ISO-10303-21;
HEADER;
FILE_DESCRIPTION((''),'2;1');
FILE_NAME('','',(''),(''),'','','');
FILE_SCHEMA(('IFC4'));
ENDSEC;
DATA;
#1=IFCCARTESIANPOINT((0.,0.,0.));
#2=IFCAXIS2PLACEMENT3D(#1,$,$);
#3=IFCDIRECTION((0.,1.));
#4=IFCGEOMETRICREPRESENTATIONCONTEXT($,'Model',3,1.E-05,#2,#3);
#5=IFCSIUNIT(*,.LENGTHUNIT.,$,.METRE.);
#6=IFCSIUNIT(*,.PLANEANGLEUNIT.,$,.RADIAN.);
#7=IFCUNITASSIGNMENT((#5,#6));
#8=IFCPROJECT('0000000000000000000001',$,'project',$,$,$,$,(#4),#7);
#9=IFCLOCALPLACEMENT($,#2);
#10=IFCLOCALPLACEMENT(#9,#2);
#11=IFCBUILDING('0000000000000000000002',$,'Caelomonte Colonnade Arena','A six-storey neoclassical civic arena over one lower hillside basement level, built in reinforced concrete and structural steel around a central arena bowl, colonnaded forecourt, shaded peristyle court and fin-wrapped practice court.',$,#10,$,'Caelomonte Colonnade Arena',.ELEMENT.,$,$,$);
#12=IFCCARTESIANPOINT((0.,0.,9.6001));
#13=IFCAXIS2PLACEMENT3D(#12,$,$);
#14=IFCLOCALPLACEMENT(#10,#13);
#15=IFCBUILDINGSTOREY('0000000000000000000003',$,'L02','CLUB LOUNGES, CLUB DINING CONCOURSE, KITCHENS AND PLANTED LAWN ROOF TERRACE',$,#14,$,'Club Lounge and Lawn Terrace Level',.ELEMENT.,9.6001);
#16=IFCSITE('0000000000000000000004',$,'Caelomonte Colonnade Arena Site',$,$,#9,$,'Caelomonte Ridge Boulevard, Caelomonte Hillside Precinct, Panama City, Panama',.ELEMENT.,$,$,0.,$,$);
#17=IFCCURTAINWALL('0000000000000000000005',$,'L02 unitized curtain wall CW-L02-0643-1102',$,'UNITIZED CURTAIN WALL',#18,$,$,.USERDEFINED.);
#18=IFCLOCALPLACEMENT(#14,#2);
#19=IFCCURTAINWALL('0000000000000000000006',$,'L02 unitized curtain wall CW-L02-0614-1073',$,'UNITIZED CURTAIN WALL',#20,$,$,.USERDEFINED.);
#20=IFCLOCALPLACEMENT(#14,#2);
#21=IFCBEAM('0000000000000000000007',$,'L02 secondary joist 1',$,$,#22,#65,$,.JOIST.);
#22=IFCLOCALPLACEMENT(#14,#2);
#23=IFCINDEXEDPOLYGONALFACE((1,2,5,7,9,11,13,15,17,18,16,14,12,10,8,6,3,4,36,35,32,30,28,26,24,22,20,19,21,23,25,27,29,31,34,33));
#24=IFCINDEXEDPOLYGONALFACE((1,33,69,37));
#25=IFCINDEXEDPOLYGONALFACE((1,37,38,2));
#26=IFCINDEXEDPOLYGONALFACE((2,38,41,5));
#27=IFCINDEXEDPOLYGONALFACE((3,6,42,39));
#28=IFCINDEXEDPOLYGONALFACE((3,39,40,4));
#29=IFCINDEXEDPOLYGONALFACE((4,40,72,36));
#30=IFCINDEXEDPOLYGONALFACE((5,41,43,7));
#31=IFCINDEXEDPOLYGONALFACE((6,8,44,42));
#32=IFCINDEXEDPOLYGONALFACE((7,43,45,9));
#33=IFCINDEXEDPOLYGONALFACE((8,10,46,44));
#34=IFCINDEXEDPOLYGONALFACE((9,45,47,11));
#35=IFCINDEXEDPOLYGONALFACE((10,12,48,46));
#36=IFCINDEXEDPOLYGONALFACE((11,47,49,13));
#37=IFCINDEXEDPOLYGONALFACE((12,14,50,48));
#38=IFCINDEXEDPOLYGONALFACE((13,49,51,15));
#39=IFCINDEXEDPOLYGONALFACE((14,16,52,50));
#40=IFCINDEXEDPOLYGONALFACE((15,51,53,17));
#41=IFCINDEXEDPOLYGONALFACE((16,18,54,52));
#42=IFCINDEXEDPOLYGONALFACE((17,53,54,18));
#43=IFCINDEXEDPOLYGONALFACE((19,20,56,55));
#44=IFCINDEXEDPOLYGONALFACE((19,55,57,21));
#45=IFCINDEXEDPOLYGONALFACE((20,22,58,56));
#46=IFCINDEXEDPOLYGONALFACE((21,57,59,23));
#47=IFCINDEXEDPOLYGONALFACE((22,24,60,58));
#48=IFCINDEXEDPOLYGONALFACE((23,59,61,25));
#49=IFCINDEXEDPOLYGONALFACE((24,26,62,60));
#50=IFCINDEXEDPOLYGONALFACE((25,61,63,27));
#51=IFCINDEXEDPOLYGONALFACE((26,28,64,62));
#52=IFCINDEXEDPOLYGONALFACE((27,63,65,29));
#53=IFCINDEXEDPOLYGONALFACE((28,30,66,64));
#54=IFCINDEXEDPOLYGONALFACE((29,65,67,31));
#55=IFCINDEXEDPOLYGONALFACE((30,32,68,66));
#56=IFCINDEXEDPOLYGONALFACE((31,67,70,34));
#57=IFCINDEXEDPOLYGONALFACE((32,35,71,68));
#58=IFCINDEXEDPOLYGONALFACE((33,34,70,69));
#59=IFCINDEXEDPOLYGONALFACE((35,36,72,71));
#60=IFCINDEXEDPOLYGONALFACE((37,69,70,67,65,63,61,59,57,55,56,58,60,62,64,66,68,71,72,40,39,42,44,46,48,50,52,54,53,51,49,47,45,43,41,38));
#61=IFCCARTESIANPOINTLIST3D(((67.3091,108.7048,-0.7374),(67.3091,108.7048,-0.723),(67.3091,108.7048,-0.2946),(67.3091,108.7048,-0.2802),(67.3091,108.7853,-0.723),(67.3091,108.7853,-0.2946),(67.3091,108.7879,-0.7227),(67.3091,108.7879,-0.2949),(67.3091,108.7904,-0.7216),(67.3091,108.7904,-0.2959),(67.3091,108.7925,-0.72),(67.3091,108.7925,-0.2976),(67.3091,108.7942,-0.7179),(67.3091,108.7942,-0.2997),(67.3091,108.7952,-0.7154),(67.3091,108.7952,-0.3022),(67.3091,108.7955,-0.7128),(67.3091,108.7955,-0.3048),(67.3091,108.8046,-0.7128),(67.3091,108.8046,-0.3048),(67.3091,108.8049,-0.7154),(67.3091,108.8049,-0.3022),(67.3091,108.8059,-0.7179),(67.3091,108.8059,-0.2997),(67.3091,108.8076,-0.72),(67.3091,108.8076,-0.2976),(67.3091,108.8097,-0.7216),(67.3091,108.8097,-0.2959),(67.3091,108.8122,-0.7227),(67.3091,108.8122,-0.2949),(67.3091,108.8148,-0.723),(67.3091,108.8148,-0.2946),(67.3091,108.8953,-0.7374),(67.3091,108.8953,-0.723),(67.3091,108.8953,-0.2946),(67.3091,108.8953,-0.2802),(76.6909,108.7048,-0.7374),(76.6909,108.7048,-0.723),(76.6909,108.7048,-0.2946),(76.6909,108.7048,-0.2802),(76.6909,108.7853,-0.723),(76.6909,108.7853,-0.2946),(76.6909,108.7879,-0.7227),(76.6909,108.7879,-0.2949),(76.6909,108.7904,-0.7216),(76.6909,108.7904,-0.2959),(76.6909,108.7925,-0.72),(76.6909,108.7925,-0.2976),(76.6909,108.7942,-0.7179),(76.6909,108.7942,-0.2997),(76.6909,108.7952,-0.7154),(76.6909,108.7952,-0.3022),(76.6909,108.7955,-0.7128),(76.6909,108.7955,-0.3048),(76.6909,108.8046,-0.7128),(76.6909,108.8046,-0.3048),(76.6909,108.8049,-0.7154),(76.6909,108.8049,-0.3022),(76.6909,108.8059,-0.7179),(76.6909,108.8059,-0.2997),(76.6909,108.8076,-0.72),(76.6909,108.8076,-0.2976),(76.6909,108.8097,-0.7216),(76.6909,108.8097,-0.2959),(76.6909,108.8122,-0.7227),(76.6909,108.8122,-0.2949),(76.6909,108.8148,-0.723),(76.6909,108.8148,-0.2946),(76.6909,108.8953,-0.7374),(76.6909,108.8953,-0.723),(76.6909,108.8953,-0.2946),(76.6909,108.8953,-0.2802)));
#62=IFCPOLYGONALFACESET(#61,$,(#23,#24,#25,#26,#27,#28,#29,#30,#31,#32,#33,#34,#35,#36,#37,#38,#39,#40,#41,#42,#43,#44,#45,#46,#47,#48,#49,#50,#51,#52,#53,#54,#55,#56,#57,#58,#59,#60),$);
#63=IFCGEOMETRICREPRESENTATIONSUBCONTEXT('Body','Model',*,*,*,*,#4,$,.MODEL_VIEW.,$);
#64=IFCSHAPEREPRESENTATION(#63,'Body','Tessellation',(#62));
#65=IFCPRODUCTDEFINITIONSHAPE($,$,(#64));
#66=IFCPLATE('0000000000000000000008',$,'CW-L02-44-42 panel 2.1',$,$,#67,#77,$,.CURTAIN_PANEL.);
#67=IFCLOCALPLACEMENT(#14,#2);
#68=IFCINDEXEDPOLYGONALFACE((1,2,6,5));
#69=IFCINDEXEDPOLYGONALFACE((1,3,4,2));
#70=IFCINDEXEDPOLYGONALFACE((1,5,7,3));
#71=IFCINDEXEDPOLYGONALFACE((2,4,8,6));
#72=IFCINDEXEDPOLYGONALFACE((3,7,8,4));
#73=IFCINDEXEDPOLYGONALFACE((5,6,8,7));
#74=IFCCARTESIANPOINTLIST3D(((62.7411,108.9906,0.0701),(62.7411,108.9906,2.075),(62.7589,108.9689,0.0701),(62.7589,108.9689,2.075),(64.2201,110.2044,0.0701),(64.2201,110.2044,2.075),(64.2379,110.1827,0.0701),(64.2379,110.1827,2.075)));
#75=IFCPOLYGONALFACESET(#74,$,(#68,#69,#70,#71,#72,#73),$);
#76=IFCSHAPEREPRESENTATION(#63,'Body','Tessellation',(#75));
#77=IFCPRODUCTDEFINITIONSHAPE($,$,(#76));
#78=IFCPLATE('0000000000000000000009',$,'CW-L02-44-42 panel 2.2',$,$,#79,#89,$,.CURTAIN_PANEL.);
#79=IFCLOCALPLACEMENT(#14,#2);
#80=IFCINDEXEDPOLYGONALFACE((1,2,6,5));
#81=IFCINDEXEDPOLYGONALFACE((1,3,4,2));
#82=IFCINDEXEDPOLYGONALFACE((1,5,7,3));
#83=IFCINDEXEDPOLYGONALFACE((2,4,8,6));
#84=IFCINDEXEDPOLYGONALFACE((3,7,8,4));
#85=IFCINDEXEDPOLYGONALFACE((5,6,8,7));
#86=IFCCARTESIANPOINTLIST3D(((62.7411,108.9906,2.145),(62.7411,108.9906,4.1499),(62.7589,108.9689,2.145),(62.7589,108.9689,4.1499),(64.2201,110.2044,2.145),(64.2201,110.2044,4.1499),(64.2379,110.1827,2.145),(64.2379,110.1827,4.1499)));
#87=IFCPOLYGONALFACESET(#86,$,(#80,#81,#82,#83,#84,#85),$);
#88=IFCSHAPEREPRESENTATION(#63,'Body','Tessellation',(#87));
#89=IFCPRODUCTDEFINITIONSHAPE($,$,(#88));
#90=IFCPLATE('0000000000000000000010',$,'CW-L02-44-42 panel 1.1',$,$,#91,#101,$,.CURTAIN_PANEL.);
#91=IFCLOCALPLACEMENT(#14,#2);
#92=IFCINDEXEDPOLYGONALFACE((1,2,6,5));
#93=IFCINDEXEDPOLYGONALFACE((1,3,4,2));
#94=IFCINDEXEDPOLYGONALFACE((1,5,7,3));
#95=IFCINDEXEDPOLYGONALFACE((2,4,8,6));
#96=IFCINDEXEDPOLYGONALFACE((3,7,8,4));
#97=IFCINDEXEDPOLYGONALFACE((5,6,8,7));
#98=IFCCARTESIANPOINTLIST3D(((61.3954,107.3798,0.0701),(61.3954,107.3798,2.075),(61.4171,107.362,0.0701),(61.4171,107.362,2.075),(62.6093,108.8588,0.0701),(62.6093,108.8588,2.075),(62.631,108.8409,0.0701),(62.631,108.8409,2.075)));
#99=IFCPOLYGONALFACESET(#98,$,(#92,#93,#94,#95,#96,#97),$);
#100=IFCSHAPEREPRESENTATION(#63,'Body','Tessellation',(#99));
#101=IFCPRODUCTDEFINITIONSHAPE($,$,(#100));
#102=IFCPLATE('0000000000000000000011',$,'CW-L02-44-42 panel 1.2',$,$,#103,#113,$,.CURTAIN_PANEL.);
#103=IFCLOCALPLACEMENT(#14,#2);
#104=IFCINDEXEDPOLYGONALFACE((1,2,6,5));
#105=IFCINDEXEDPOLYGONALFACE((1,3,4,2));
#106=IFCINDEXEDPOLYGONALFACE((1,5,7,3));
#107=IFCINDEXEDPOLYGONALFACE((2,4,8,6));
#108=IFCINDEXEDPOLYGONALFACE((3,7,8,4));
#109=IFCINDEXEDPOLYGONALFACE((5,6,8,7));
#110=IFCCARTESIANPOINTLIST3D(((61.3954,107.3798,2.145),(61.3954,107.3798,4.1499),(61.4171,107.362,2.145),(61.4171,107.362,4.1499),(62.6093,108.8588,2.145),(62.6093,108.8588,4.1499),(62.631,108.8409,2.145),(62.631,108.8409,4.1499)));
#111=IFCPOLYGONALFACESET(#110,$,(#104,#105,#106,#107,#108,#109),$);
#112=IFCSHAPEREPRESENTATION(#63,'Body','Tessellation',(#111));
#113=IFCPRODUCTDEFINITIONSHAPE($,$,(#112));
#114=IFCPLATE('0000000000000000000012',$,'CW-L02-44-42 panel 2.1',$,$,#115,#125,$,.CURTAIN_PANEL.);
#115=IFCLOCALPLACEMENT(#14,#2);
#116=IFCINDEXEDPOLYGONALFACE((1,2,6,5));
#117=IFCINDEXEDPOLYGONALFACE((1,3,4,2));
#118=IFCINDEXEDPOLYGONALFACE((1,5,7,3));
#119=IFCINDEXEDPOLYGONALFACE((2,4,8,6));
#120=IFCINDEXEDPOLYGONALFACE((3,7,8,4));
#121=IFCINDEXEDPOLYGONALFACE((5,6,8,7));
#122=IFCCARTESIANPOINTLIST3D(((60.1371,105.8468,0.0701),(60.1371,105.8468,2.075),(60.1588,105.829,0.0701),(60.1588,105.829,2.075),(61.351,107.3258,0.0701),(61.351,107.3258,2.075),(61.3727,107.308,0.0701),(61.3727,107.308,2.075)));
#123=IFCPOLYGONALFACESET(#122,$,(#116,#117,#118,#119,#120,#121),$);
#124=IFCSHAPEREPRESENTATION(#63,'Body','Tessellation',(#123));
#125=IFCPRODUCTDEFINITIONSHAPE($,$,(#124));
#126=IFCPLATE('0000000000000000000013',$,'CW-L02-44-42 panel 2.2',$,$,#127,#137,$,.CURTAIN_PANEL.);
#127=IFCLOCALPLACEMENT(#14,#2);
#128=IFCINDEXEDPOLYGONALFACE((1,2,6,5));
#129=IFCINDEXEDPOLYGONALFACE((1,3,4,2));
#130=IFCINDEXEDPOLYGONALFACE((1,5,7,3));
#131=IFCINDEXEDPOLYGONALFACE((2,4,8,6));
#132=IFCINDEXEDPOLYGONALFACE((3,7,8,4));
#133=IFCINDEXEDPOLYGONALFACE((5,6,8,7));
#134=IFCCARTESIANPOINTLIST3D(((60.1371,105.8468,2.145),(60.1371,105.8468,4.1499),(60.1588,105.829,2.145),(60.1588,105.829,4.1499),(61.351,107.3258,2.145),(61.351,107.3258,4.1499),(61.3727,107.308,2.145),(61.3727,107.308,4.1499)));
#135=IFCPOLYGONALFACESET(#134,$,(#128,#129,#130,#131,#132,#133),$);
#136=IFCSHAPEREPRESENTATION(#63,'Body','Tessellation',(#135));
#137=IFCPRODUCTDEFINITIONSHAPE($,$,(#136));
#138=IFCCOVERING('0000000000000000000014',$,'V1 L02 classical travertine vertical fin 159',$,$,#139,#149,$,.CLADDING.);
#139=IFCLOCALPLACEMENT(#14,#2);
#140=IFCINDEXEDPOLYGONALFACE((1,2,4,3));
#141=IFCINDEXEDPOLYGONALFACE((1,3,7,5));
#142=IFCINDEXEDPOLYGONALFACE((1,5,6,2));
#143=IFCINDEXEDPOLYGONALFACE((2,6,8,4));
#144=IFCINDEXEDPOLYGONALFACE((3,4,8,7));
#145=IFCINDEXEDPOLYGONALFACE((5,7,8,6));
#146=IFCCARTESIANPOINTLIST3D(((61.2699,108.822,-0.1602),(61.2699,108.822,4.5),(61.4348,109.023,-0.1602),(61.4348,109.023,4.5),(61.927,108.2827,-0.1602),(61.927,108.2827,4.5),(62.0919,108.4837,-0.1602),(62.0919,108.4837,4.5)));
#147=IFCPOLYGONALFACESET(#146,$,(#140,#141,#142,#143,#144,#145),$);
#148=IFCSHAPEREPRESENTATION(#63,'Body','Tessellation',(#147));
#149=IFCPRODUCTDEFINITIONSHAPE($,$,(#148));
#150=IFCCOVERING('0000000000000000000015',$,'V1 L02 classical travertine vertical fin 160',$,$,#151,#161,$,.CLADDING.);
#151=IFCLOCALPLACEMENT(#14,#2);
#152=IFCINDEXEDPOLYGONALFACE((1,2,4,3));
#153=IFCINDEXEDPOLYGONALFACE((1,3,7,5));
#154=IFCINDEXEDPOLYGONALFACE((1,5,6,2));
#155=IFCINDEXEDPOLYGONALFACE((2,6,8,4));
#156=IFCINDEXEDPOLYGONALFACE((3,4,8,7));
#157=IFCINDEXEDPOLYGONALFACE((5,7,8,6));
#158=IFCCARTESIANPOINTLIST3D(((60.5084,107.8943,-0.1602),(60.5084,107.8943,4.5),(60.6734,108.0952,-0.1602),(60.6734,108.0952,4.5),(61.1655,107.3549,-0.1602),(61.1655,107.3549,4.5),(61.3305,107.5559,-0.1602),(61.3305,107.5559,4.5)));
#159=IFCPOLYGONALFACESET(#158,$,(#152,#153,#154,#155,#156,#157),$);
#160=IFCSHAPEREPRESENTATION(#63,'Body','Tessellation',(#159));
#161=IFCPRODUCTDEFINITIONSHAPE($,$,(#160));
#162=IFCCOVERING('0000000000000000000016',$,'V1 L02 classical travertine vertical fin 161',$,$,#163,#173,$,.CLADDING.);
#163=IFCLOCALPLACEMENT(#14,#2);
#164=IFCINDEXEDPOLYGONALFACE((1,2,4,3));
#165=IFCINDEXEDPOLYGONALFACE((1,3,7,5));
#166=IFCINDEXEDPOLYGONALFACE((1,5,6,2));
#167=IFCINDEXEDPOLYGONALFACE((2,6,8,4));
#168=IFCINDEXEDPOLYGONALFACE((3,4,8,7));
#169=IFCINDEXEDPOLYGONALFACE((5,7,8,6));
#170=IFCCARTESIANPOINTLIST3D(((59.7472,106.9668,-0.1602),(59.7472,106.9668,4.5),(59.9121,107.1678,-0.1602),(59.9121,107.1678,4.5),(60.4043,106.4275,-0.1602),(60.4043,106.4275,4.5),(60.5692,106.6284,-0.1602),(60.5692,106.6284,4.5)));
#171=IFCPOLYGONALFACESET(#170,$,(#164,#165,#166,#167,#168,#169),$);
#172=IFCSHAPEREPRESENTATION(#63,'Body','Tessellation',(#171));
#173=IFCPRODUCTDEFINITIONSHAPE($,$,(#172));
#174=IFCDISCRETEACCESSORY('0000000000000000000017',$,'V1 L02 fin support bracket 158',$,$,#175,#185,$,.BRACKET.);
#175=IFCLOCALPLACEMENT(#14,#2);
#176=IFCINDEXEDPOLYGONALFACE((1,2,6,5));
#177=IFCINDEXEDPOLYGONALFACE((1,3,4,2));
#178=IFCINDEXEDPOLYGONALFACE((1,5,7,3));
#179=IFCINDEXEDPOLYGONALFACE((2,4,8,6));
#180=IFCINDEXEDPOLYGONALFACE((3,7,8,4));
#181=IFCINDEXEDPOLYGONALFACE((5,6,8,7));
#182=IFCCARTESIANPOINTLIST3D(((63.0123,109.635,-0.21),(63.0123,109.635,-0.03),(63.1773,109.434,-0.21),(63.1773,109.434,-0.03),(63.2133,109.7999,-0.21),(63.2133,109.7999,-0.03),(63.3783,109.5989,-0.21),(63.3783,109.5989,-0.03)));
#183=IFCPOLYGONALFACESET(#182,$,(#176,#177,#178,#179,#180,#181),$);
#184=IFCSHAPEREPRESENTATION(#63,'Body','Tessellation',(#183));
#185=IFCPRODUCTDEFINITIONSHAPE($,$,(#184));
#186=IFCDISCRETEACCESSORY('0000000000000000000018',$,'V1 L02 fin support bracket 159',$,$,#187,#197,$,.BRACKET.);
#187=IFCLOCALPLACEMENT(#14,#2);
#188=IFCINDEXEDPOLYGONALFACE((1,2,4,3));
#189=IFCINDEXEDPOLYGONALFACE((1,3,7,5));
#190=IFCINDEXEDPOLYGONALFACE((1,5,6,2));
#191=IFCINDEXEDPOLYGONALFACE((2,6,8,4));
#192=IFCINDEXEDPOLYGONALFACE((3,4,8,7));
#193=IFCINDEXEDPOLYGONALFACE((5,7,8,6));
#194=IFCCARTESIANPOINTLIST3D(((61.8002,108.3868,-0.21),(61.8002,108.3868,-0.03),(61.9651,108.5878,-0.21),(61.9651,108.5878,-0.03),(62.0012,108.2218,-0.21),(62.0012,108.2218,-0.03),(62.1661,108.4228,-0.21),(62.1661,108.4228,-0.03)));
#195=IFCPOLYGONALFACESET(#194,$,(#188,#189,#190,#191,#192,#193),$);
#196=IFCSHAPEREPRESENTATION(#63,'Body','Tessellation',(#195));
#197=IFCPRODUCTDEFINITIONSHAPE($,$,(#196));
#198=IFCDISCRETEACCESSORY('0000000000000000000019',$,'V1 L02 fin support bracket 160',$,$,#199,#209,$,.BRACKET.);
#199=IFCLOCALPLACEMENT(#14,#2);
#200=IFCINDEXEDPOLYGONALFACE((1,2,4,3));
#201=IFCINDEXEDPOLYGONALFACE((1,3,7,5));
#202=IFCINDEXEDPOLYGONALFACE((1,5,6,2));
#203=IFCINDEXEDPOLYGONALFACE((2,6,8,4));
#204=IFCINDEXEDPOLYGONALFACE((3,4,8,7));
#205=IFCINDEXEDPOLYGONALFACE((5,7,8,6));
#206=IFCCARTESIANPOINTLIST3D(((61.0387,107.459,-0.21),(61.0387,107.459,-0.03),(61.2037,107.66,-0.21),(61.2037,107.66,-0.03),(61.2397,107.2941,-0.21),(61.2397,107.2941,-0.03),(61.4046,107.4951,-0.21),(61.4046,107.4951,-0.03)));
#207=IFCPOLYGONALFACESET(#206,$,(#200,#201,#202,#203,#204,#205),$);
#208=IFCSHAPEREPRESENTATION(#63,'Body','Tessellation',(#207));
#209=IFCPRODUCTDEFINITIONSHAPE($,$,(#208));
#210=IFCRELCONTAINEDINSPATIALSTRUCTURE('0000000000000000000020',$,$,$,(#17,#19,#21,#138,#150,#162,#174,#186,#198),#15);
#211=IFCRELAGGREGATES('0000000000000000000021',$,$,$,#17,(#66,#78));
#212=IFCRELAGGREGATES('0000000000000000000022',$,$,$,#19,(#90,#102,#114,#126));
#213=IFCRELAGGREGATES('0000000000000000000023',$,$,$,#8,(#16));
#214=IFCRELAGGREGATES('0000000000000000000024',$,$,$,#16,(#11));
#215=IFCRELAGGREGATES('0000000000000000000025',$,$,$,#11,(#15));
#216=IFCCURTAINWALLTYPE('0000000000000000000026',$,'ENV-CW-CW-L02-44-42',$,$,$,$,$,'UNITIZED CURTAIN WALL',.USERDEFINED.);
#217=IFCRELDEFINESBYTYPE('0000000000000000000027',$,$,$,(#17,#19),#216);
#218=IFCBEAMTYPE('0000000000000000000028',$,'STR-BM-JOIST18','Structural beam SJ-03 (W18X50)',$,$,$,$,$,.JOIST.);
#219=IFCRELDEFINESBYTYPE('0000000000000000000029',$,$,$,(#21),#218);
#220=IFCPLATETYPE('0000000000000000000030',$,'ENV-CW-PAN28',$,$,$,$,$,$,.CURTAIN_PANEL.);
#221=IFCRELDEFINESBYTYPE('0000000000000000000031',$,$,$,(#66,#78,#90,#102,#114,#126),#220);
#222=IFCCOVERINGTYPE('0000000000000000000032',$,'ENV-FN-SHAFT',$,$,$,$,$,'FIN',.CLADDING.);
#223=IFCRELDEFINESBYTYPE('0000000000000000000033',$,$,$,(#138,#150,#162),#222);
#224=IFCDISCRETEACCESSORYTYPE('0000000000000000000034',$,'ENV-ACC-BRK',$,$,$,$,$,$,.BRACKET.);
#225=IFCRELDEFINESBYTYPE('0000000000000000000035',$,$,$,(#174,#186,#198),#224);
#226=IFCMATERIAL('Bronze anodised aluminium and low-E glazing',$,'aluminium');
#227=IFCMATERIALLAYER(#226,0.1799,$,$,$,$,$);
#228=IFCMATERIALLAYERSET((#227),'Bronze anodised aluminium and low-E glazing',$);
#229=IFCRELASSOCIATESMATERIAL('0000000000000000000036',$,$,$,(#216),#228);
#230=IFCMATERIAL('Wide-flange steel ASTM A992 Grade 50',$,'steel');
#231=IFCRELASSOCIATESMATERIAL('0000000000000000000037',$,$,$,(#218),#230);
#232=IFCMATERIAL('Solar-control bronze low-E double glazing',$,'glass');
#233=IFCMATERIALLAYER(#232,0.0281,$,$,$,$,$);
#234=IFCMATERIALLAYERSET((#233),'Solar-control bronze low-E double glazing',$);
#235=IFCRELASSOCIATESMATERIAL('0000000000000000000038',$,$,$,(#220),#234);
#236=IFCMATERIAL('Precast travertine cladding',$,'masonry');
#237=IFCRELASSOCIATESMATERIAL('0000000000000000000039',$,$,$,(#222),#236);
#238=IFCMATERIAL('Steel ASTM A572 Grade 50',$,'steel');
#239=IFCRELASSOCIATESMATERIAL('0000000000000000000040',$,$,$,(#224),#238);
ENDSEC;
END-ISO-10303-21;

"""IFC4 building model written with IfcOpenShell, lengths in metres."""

from ifc_helpers import new_model, si_unit, direction, frame, origin, origin_2d, place, context, subcontext, project, spatial, rectangle, i_section, extrude, material, layer, layer_set, material_profile, profile_set, type_object, element, aggregate, save


model = new_model("IFC4")

# Units and contexts
model_context = context("Model", 3, precision=1e-05, world=origin(), true_north=direction((0.0, 1.0)))
body_context = subcontext(model_context, "Body", "Model", "MODEL_VIEW")
ifc_project = project(units=[si_unit("LENGTHUNIT", "METRE"), si_unit("PLANEANGLEUNIT", "RADIAN")], contexts=[model_context])

# Site, building, storey
site_placement = place(None, origin())
site = spatial("IfcSite", under=ifc_project, at=site_placement, Name="Caelomonte Colonnade Arena Site", LongName="Caelomonte Ridge Boulevard, Caelomonte Hillside Precinct, Panama City, Panama", CompositionType="ELEMENT", RefElevation=0.0)
building_placement = place(site_placement, origin())
building = spatial("IfcBuilding", under=site, at=building_placement, Name="Caelomonte Colonnade Arena", Description="A six-storey neoclassical civic arena over one lower hillside basement level, built in reinforced concrete and structural steel around a central arena bowl, colonnaded forecourt, shaded peristyle court and fin-wrapped practice court.", LongName="Caelomonte Colonnade Arena", CompositionType="ELEMENT")
storey_placement = place(building_placement, frame((0.0, 0.0, 9.6001)))
storey = spatial("IfcBuildingStorey", under=building, at=storey_placement, Name="L02", Description="CLUB LOUNGES, CLUB DINING CONCOURSE, KITCHENS AND PLANTED LAWN ROOF TERRACE", LongName="Club Lounge and Lawn Terrace Level", CompositionType="ELEMENT", Elevation=9.6001)

# Curtain wall
ifc_material_1 = material(Name="Bronze anodised aluminium and low-E glazing", Category="aluminium")
ifc_layer_1 = layer(ifc_material_1, 0.1799)
ifc_layer_set_1 = layer_set([ifc_layer_1], Name="Bronze anodised aluminium and low-E glazing")
curtain_wall_type = type_object("IfcCurtainWallType", Name="ENV-CW-CW-L02-44-42", ElementType="UNITIZED CURTAIN WALL", PredefinedType="USERDEFINED", material=ifc_layer_set_1)
curtain_wall_1_placement = place(storey_placement, origin())
curtain_wall_1 = element("IfcCurtainWall", 1, at=curtain_wall_1_placement, inside=storey, type_object=curtain_wall_type, Name="L02 unitized curtain wall CW-L02-0643-1102", ObjectType="UNITIZED CURTAIN WALL", PredefinedType="USERDEFINED")

# Curtain wall
curtain_wall_2_placement = place(storey_placement, origin())
curtain_wall_2 = element("IfcCurtainWall", 2, at=curtain_wall_2_placement, inside=storey, type_object=curtain_wall_type, Name="L02 unitized curtain wall CW-L02-0614-1073", ObjectType="UNITIZED CURTAIN WALL", PredefinedType="USERDEFINED")

# Beam
ifc_material_2 = material(Name="Wide-flange steel ASTM A992 Grade 50", Category="steel")
ifc_material_profile_1 = material_profile(ifc_material_2, i_section(OverallWidth=0.1904, OverallDepth=0.4573, WebThickness=0.009, FlangeThickness=0.0144, FilletRadius=0.0103, at=origin_2d()), Name="W18X50")
ifc_profile_set_1 = profile_set([ifc_material_profile_1], Name="Wide-flange steel ASTM A992 Grade 50")
beam_type_1 = type_object("IfcBeamType", Name="STR-BM-JOIST18", Description="Structural beam SJ-03 (W18X50)", PredefinedType="JOIST", material=ifc_profile_set_1)
beam_1_placement = place(storey_placement, frame((67.3091, 108.8, -0.5088), z_axis=(1.0, 0.0, 0.0), x_axis=(0.0, 1.0, 0.0)))
element("IfcBeam", 3, at=beam_1_placement, inside=storey, type_object=beam_type_1, Name="L02 secondary joist 1", PredefinedType="JOIST", context=body_context, shape_type="SweptSolid", body=[
    extrude(i_section(OverallWidth=0.1904, OverallDepth=0.4573, WebThickness=0.009, FlangeThickness=0.0144, FilletRadius=0.0103, at=origin_2d()), origin(), (0.0, 0.0, 1.0), 9.3818),
])

# Plates
ifc_material_3 = material(Name="Solar-control bronze low-E double glazing", Category="glass")
ifc_layer_2 = layer(ifc_material_3, 0.0281)
ifc_layer_set_2 = layer_set([ifc_layer_2], Name="Solar-control bronze low-E double glazing")
plate_type = type_object("IfcPlateType", Name="ENV-CW-PAN28", PredefinedType="CURTAIN_PANEL", material=ifc_layer_set_2)
plate_1_placement = place(storey_placement, frame((63.4895, 109.5867, 0.0701), z_axis=(0.0, 0.0, 1.0), x_axis=(-0.772992, -0.634416, 0.0)))
plate_1 = element("IfcPlate", 4, at=plate_1_placement, type_object=plate_type, Name="CW-L02-44-42 panel 2.1", PredefinedType="CURTAIN_PANEL", context=body_context, shape_type="SweptSolid", body=[
    extrude(rectangle(XDim=1.9133, YDim=0.0281, at=origin_2d()), origin(), (0.0, 0.0, 1.0), 2.0049),
])
plate_2_placement = place(storey_placement, frame((63.4895, 109.5867, 2.145), z_axis=(0.0, 0.0, 1.0), x_axis=(-0.772992, -0.634416, 0.0)))
plate_2 = element("IfcPlate", 5, at=plate_2_placement, type_object=plate_type, Name="CW-L02-44-42 panel 2.2", PredefinedType="CURTAIN_PANEL", context=body_context, shape_type="SweptSolid", body=[
    extrude(rectangle(XDim=1.9133, YDim=0.0281, at=origin_2d()), origin(), (0.0, 0.0, 1.0), 2.0049),
])
aggregate(curtain_wall_1, [plate_1, plate_2])
plate_3_placement = place(storey_placement, frame((62.0132, 108.1104, 0.0701), z_axis=(0.0, 0.0, 1.0), x_axis=(-0.634416, -0.772992, 0.0)))
plate_3 = element("IfcPlate", 6, at=plate_3_placement, type_object=plate_type, Name="CW-L02-44-42 panel 1.1", PredefinedType="CURTAIN_PANEL", context=body_context, shape_type="SweptSolid", body=[
    extrude(rectangle(XDim=1.9133, YDim=0.0281, at=origin_2d()), origin(), (0.0, 0.0, 1.0), 2.0049),
])
plate_4_placement = place(storey_placement, frame((62.0132, 108.1104, 2.145), z_axis=(0.0, 0.0, 1.0), x_axis=(-0.634416, -0.772992, 0.0)))
plate_4 = element("IfcPlate", 7, at=plate_4_placement, type_object=plate_type, Name="CW-L02-44-42 panel 1.2", PredefinedType="CURTAIN_PANEL", context=body_context, shape_type="SweptSolid", body=[
    extrude(rectangle(XDim=1.9133, YDim=0.0281, at=origin_2d()), origin(), (0.0, 0.0, 1.0), 2.0049),
])
plate_5_placement = place(storey_placement, frame((60.7549, 106.5774, 0.0701), z_axis=(0.0, 0.0, 1.0), x_axis=(-0.634416, -0.772992, 0.0)))
plate_5 = element("IfcPlate", 8, at=plate_5_placement, type_object=plate_type, Name="CW-L02-44-42 panel 2.1", PredefinedType="CURTAIN_PANEL", context=body_context, shape_type="SweptSolid", body=[
    extrude(rectangle(XDim=1.9133, YDim=0.0281, at=origin_2d()), origin(), (0.0, 0.0, 1.0), 2.0049),
])
plate_6_placement = place(storey_placement, frame((60.7549, 106.5774, 2.145), z_axis=(0.0, 0.0, 1.0), x_axis=(-0.634416, -0.772992, 0.0)))
plate_6 = element("IfcPlate", 9, at=plate_6_placement, type_object=plate_type, Name="CW-L02-44-42 panel 2.2", PredefinedType="CURTAIN_PANEL", context=body_context, shape_type="SweptSolid", body=[
    extrude(rectangle(XDim=1.9133, YDim=0.0281, at=origin_2d()), origin(), (0.0, 0.0, 1.0), 2.0049),
])
aggregate(curtain_wall_2, [plate_3, plate_4, plate_5, plate_6])

# Coverings
ifc_material_4 = material(Name="Precast travertine cladding", Category="masonry")
ifc_material_profile_2 = material_profile(ifc_material_4, rectangle(XDim=0.26, YDim=0.8501, at=origin_2d()), Name="FIN260X850")
ifc_profile_set_2 = profile_set([ifc_material_profile_2], Name="Precast travertine cladding")
covering_type = type_object("IfcCoveringType", Name="ENV-FN-SHAFT", ElementType="FIN", PredefinedType="CLADDING", material=ifc_profile_set_2)
for number, where, z_axis, x_axis, name in (
    (10, (61.6809, 108.6528, -0.1602), (0.0, 0.0, 1.0), (0.634414, 0.772994, 0.0), "V1 L02 classical travertine vertical fin 159"),
    (11, (60.9194, 107.7251, -0.1602), (0.0, 0.0, 1.0), (0.634414, 0.772994, 0.0), "V1 L02 classical travertine vertical fin 160"),
    (12, (60.1582, 106.7976, -0.1602), (0.0, 0.0, 1.0), (0.634414, 0.772994, 0.0), "V1 L02 classical travertine vertical fin 161"),
):
    element("IfcCovering", number, at=place(storey_placement, frame(where, z_axis=z_axis, x_axis=x_axis)), inside=storey, type_object=covering_type, Name=name, PredefinedType="CLADDING", context=body_context, shape_type="SweptSolid", body=[
        extrude(rectangle(XDim=0.26, YDim=0.8501, at=origin_2d()), origin(), (0.0, 0.0, 1.0), 4.6602),
    ])

# Discrete accessories
ifc_material_5 = material(Name="Steel ASTM A572 Grade 50", Category="steel")
discrete_accessory_type = type_object("IfcDiscreteAccessoryType", Name="ENV-ACC-BRK", PredefinedType="BRACKET", material=ifc_material_5)
for number, where, z_axis, x_axis, name in (
    (13, (63.1953, 109.6169, -0.21), (0.0, 0.0, 1.0), (-0.772994, -0.634414, 0.0), "V1 L02 fin support bracket 158"),
    (14, (61.9832, 108.4048, -0.21), (0.0, 0.0, 1.0), (-0.634414, -0.772994, 0.0), "V1 L02 fin support bracket 159"),
    (15, (61.2217, 107.4771, -0.21), (0.0, 0.0, 1.0), (-0.634414, -0.772994, 0.0), "V1 L02 fin support bracket 160"),
):
    element("IfcDiscreteAccessory", number, at=place(storey_placement, frame(where, z_axis=z_axis, x_axis=x_axis)), inside=storey, type_object=discrete_accessory_type, Name=name, PredefinedType="BRACKET", context=body_context, shape_type="SweptSolid", body=[
        extrude(rectangle(XDim=0.26, YDim=0.26, at=origin_2d()), origin(), (0.0, 0.0, 1.0), 0.1799),
    ])

save(model, "model.ifc")
